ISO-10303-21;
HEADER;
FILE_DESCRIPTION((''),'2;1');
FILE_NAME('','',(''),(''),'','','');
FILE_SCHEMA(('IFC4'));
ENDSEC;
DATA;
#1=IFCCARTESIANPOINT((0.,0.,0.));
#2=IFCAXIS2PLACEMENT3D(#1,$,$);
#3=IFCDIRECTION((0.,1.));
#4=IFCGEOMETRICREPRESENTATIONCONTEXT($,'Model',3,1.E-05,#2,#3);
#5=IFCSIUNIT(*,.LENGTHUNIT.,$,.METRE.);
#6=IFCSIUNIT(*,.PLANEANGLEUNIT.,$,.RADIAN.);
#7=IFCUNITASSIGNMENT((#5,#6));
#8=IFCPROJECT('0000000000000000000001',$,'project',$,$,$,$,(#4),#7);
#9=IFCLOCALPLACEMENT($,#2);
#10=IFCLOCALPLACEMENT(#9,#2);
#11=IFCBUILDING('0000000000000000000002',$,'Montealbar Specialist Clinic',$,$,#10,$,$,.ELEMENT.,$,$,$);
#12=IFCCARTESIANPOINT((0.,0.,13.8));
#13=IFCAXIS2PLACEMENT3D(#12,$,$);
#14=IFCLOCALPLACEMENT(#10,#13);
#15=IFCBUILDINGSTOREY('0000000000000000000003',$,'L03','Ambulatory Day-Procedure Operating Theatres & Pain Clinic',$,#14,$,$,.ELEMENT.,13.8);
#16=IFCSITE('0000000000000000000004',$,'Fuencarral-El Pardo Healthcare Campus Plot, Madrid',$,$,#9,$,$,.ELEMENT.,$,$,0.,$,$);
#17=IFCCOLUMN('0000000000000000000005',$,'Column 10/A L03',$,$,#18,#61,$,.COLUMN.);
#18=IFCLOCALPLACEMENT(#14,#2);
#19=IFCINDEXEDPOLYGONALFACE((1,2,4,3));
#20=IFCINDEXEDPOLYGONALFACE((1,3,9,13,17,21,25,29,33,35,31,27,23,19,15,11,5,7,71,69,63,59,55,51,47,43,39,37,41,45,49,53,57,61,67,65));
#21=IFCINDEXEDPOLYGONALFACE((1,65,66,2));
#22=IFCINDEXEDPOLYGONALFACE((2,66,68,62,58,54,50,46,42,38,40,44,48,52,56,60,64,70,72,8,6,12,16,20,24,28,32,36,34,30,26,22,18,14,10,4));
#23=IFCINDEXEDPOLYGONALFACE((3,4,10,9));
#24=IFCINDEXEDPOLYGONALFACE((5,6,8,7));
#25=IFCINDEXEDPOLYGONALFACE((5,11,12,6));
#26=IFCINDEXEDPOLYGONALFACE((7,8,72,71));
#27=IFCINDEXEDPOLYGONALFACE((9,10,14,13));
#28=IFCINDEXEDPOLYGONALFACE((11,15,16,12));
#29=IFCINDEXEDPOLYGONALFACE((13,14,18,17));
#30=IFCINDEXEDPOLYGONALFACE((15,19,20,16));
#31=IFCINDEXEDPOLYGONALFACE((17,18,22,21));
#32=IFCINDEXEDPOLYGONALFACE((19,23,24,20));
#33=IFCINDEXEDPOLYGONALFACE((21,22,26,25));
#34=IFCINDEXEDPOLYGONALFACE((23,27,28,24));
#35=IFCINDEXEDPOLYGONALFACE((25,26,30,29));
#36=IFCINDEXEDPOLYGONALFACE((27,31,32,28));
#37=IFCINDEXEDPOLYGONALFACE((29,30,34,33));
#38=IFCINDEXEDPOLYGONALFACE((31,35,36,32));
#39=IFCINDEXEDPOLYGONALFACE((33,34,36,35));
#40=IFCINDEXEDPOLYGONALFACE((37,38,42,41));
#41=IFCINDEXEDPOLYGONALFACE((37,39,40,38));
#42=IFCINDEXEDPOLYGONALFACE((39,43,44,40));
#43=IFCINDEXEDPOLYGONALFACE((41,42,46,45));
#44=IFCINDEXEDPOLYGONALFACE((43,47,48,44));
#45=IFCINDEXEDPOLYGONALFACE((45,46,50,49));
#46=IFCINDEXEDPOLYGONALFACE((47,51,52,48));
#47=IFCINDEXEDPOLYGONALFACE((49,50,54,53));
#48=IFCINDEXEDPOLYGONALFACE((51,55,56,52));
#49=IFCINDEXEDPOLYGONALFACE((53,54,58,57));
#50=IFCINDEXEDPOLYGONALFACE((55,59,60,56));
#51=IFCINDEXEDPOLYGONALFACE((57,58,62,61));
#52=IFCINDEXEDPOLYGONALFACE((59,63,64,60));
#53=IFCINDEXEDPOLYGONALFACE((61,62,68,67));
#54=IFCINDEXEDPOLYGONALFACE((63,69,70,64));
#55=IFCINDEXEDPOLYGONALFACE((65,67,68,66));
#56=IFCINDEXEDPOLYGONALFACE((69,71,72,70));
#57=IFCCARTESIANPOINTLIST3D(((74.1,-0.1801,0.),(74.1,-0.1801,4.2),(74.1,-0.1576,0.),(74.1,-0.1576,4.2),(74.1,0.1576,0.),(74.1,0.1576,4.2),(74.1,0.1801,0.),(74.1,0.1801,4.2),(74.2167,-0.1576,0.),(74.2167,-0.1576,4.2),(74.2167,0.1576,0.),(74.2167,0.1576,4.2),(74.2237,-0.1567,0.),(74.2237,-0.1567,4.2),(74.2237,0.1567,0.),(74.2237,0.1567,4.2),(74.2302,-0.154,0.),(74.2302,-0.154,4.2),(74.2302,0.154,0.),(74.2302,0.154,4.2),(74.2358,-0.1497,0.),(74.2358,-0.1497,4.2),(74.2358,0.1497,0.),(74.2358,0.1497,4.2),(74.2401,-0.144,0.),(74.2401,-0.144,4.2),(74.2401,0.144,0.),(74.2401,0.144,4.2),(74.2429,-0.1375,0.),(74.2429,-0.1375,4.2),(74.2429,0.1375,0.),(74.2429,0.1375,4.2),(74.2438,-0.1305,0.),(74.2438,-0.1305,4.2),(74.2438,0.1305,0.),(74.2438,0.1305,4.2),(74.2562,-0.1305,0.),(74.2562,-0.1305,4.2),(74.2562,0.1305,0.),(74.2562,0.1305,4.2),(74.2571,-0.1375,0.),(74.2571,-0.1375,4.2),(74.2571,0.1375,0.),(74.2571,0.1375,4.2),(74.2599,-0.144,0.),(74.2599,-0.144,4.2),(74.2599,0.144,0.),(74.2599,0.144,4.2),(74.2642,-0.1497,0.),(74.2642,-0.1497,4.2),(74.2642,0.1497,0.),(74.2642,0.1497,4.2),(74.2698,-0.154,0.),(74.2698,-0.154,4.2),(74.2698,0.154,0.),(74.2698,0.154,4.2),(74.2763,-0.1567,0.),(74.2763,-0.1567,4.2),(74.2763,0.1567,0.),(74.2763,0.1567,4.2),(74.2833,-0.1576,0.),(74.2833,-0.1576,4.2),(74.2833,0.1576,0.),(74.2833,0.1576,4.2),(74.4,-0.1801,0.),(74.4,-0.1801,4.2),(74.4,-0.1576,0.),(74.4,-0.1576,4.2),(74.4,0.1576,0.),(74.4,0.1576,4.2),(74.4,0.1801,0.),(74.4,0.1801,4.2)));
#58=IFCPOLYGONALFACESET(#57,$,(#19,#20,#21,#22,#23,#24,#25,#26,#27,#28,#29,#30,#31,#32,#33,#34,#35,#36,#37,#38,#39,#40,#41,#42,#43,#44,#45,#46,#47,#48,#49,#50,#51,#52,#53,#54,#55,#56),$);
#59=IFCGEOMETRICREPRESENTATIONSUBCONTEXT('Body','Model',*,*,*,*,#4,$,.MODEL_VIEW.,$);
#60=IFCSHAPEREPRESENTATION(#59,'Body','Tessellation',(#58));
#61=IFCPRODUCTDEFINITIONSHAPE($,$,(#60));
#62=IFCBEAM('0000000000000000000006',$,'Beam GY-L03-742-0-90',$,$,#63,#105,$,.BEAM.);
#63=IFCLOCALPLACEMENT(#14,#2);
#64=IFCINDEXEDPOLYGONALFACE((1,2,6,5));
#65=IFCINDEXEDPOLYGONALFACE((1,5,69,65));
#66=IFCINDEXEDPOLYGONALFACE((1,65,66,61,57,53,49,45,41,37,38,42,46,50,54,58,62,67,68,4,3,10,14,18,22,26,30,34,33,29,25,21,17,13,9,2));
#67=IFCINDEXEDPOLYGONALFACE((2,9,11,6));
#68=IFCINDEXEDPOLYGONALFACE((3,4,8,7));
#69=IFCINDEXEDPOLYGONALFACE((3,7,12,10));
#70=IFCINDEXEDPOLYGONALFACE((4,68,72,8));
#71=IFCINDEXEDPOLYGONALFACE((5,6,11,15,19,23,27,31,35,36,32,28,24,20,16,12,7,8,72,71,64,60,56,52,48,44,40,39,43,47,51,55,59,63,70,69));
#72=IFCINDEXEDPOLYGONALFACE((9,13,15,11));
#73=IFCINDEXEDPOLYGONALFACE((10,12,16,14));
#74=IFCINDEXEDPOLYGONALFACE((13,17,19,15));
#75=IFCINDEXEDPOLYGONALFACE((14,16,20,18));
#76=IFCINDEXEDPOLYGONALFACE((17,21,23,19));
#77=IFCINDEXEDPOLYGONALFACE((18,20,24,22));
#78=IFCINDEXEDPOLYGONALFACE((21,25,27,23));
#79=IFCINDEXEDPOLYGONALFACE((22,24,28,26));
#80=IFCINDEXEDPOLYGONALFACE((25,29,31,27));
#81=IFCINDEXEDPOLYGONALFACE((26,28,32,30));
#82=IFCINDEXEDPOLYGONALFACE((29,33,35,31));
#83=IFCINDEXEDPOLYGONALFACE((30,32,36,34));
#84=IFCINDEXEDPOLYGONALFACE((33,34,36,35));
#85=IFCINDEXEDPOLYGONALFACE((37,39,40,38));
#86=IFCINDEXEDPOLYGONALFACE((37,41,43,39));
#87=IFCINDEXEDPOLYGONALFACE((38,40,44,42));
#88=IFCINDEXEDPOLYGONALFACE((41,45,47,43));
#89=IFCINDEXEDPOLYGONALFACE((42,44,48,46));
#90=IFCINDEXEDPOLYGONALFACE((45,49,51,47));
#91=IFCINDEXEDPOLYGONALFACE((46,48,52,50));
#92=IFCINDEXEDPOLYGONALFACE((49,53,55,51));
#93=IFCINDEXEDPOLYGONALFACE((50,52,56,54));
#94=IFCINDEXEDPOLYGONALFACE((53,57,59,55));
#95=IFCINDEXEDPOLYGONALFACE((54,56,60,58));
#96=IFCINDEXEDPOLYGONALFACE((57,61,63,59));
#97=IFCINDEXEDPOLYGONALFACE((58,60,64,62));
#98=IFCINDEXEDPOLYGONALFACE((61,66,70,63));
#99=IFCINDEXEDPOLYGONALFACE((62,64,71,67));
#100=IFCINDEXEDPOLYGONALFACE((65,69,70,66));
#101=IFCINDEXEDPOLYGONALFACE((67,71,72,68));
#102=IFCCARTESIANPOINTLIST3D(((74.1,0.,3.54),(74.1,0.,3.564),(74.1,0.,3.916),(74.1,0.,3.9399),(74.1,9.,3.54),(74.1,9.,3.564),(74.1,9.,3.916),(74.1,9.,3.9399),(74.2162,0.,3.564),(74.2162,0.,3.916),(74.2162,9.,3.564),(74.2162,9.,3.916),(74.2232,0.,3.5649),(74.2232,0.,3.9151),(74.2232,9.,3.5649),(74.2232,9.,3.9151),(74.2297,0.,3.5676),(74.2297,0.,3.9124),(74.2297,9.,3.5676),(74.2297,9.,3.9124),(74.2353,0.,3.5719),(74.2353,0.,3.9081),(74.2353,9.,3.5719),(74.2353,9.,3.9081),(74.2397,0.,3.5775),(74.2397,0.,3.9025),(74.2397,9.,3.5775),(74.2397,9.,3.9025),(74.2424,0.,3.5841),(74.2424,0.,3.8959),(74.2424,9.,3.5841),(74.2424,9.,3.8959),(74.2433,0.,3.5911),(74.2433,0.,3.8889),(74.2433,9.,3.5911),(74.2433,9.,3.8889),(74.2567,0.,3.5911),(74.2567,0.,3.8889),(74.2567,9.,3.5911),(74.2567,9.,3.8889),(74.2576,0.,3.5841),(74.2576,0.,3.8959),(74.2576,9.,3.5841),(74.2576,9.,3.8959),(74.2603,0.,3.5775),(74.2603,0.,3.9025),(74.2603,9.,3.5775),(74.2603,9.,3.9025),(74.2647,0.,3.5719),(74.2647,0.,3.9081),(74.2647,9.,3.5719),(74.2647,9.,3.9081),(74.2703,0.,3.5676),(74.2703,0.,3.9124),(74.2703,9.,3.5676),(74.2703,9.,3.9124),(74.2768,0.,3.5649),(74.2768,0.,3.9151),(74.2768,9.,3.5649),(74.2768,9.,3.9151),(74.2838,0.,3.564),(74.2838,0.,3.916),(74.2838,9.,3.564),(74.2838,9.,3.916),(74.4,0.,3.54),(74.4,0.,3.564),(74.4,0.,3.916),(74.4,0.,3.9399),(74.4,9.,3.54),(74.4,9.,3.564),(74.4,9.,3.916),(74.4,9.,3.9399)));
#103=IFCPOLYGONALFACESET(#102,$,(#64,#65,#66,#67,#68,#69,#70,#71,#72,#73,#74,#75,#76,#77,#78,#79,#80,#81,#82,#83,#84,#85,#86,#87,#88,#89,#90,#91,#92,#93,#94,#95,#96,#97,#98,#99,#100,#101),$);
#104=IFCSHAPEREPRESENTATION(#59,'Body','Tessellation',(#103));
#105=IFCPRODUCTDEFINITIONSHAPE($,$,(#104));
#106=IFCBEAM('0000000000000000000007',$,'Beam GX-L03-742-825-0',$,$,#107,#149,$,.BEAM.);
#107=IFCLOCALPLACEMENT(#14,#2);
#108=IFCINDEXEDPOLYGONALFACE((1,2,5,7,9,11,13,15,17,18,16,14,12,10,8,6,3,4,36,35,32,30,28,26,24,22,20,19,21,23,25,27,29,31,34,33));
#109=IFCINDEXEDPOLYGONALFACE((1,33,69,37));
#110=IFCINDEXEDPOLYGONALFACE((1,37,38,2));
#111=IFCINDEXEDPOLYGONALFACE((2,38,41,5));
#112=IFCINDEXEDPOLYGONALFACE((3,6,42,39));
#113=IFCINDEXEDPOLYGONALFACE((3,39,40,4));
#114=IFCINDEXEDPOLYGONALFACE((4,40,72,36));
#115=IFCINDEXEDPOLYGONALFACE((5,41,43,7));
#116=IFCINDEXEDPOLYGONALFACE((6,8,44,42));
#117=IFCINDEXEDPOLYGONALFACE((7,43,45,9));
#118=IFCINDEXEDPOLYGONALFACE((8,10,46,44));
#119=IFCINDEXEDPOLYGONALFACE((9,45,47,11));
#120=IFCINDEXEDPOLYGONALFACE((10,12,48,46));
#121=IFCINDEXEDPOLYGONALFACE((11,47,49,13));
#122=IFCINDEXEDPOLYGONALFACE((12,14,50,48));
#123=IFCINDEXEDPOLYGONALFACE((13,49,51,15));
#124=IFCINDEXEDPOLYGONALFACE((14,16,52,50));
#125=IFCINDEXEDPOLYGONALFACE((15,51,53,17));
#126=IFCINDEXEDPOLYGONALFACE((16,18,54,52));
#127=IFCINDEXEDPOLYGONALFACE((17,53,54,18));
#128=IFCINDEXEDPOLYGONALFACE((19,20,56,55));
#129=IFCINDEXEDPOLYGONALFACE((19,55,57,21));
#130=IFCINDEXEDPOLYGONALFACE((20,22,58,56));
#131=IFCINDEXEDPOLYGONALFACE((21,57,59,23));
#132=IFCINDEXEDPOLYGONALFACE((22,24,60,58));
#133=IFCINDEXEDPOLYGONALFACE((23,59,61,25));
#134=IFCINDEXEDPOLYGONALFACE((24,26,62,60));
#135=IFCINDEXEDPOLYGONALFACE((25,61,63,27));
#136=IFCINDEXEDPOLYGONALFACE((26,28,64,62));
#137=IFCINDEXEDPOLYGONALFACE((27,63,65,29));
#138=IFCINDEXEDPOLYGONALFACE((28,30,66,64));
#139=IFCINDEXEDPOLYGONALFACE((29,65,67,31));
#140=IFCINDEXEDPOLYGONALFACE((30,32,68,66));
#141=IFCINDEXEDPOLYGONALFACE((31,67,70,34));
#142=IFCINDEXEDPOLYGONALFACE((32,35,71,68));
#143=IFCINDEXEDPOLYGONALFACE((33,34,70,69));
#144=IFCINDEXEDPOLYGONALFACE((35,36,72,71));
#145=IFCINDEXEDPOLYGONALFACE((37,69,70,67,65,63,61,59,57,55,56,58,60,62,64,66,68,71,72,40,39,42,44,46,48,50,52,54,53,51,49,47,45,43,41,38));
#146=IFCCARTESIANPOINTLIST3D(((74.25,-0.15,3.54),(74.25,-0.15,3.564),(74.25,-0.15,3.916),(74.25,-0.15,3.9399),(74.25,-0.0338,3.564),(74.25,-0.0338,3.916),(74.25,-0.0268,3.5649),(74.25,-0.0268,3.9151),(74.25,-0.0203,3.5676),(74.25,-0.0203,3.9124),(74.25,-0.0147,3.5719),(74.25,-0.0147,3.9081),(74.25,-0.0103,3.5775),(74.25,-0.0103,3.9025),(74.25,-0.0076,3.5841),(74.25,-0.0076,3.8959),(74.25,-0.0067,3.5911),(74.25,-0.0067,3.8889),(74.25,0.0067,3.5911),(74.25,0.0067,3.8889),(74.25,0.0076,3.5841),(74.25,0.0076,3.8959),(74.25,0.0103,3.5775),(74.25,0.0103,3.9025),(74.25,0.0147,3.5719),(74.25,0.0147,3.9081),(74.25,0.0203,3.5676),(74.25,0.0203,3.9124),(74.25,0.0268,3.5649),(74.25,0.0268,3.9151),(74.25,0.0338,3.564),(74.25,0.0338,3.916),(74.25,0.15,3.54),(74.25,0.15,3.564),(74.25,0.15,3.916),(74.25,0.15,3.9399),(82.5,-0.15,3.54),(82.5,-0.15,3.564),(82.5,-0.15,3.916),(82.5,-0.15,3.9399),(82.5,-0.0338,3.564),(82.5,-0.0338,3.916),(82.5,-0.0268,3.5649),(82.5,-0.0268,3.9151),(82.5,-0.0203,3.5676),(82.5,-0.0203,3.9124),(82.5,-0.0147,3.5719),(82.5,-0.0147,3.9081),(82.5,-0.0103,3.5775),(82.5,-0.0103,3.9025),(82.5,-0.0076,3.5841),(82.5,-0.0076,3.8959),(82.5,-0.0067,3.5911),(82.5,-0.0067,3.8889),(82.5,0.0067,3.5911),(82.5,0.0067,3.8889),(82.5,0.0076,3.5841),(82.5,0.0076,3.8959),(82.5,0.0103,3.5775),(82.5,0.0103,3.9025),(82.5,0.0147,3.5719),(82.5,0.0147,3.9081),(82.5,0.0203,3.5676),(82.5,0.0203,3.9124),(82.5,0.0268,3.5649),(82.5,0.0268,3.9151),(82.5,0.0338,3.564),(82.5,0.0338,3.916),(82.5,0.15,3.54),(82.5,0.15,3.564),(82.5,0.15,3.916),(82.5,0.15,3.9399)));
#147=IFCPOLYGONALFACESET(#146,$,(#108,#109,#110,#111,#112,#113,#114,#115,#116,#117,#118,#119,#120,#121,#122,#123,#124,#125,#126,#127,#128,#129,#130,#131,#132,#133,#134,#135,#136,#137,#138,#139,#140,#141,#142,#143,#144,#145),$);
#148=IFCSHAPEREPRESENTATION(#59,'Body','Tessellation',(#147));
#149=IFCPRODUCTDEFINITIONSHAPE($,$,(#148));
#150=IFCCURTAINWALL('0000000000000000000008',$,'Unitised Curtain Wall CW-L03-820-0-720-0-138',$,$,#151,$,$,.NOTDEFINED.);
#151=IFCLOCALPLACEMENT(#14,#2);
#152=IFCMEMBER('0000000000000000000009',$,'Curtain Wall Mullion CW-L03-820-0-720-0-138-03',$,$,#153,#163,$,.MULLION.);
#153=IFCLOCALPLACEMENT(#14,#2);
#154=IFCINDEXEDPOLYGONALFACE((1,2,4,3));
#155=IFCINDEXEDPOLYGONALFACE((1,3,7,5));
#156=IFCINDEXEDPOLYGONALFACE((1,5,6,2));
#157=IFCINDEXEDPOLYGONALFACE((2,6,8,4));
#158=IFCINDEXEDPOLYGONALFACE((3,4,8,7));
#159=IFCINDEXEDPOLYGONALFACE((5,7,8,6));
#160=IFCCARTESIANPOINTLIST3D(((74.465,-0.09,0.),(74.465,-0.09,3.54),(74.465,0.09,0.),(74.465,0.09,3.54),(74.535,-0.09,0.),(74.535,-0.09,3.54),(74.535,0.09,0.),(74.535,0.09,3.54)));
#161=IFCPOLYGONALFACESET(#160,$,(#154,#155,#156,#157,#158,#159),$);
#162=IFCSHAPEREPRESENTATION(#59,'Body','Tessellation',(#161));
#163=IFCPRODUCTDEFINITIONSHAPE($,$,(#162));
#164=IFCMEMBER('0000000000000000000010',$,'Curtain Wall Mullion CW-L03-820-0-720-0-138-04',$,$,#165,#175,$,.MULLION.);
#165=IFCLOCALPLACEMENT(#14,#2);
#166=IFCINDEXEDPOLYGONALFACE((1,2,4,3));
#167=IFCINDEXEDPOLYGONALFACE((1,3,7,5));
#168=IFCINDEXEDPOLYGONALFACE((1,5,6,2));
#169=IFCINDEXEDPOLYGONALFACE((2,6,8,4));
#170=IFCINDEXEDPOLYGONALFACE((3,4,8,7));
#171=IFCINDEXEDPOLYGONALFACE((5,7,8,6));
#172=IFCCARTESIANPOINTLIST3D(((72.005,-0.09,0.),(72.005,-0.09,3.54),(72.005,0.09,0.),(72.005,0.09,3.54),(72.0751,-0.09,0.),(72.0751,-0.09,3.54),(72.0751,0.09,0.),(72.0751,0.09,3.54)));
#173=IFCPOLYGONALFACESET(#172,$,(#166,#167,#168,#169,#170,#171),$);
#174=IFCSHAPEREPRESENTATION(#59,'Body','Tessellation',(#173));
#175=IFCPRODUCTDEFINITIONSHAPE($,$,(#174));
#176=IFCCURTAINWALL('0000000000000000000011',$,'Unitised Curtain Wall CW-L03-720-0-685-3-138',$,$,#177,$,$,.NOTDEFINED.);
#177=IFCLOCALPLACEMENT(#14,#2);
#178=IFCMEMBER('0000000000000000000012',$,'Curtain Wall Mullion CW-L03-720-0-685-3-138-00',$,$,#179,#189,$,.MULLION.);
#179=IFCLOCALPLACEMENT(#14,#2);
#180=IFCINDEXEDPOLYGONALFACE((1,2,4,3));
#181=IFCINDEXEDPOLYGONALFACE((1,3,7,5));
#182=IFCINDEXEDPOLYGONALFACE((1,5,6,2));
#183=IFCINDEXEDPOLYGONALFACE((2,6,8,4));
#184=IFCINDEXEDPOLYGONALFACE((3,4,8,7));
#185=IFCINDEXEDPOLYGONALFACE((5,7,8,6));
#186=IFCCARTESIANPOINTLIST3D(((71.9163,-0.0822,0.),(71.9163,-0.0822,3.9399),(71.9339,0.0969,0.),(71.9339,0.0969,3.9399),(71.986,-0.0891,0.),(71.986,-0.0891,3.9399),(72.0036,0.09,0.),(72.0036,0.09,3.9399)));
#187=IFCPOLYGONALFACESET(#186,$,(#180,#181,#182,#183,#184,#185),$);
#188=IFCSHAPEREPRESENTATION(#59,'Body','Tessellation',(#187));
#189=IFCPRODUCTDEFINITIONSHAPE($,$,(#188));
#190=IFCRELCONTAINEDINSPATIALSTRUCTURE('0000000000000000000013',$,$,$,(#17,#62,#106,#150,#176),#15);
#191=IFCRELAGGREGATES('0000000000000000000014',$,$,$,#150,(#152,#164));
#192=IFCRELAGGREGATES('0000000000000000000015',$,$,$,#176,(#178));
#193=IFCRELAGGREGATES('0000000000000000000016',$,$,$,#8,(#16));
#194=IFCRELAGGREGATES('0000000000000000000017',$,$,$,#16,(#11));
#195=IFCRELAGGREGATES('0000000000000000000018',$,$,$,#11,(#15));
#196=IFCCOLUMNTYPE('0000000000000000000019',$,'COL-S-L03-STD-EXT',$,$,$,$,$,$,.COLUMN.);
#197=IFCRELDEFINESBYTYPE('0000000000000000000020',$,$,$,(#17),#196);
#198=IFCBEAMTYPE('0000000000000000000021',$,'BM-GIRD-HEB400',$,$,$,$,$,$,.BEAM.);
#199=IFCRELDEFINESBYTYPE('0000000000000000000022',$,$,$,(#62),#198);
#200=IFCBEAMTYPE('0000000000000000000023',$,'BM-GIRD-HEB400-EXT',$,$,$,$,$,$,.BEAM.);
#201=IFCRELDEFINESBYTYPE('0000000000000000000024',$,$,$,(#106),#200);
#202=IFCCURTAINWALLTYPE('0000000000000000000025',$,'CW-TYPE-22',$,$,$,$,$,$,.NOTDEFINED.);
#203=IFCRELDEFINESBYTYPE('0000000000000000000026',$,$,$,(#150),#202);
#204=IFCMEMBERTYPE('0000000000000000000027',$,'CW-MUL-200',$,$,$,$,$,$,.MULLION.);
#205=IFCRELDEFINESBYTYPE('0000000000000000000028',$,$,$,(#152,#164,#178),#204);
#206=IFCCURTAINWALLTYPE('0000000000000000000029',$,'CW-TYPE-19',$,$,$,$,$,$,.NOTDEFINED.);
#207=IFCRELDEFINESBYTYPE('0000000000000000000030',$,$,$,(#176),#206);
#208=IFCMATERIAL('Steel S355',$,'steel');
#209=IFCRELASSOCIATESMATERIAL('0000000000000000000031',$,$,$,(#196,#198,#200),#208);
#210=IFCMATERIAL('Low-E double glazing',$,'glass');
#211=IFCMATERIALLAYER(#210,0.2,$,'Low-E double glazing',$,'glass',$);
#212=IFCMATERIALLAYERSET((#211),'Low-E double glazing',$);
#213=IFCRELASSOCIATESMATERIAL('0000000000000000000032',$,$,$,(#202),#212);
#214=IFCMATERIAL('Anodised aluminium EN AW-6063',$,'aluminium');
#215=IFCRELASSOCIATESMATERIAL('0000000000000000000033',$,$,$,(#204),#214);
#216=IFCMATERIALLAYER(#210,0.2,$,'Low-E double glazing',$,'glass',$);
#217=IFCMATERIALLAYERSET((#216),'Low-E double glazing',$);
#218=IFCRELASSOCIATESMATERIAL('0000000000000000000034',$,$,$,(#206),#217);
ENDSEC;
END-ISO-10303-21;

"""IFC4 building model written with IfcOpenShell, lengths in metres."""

from ifc_helpers import new_model, si_unit, direction, frame, origin, origin_2d, place, context, subcontext, project, spatial, rectangle, i_section, extrude, material, layer, layer_set, material_profile, profile_set, type_object, element, aggregate, save


model = new_model("IFC4")

# Units and contexts
model_context = context("Model", 3, precision=1e-05, world=origin(), true_north=direction((0.0, 1.0)))
body_context = subcontext(model_context, "Body", "Model", "MODEL_VIEW")
ifc_project = project(units=[si_unit("LENGTHUNIT", "METRE"), si_unit("PLANEANGLEUNIT", "RADIAN")], contexts=[model_context])

# Site, building, storey
site_placement = place(None, origin())
site = spatial("IfcSite", under=ifc_project, at=site_placement, Name="Fuencarral-El Pardo Healthcare Campus Plot, Madrid", CompositionType="ELEMENT", RefElevation=0.0)
building_placement = place(site_placement, origin())
building = spatial("IfcBuilding", under=site, at=building_placement, Name="Montealbar Specialist Clinic", CompositionType="ELEMENT")
storey_placement = place(building_placement, frame((0.0, 0.0, 13.8)))
storey = spatial("IfcBuildingStorey", under=building, at=storey_placement, Name="L03", Description="Ambulatory Day-Procedure Operating Theatres & Pain Clinic", CompositionType="ELEMENT", Elevation=13.8)

# Column
ifc_material_1 = material(Name="Steel S355", Category="steel")
ifc_material_profile_1 = material_profile(ifc_material_1, i_section(OverallWidth=0.3, OverallDepth=0.3601, WebThickness=0.0125, FlangeThickness=0.0225, FilletRadius=0.0271, at=origin_2d()), Name="HEB 360", Category="steel")
ifc_profile_set_1 = profile_set([ifc_material_profile_1], Name="Steel S355")
column_type = type_object("IfcColumnType", Name="COL-S-L03-STD-EXT", PredefinedType="COLUMN", material=ifc_profile_set_1)
column_placement = place(storey_placement, frame((74.25, 0.0, 0.0), z_axis=(0.0, 0.0, 1.0), x_axis=(1.0, 0.0, 0.0)))
element("IfcColumn", 1, at=column_placement, inside=storey, type_object=column_type, Name="Column 10/A L03", PredefinedType="COLUMN", context=body_context, shape_type="SweptSolid", body=[
    extrude(i_section(OverallWidth=0.3, OverallDepth=0.3601, WebThickness=0.0125, FlangeThickness=0.0225, FilletRadius=0.0271, at=origin_2d()), origin(), (0.0, 0.0, 1.0), 4.2),
])

# Beams
ifc_material_profile_2 = material_profile(ifc_material_1, i_section(OverallWidth=0.3, OverallDepth=0.3999, WebThickness=0.0134, FlangeThickness=0.0239, FilletRadius=0.0271, at=origin_2d()), Name="HEB 400", Category="steel")
ifc_profile_set_2 = profile_set([ifc_material_profile_2], Name="Steel S355")
beam_type_1 = type_object("IfcBeamType", Name="BM-GIRD-HEB400", PredefinedType="BEAM", material=ifc_profile_set_2)
beam_1_placement = place(storey_placement, frame((74.25, 0.0, 3.74), z_axis=(0.0, 1.0, 0.0), x_axis=(-1.0, 0.0, 0.0)))
element("IfcBeam", 2, at=beam_1_placement, inside=storey, type_object=beam_type_1, Name="Beam GY-L03-742-0-90", PredefinedType="BEAM", context=body_context, shape_type="SweptSolid", body=[
    extrude(i_section(OverallWidth=0.3, OverallDepth=0.3999, WebThickness=0.0134, FlangeThickness=0.0239, FilletRadius=0.0271, at=origin_2d()), origin(), (0.0, 0.0, 1.0), 9.0),
])
ifc_material_profile_3 = material_profile(ifc_material_1, i_section(OverallWidth=0.3, OverallDepth=0.3999, WebThickness=0.0134, FlangeThickness=0.0239, FilletRadius=0.0271, at=origin_2d()), Name="HEB 400", Category="steel")
ifc_profile_set_3 = profile_set([ifc_material_profile_3], Name="Steel S355")
beam_type_2 = type_object("IfcBeamType", Name="BM-GIRD-HEB400-EXT", PredefinedType="BEAM", material=ifc_profile_set_3)
beam_2_placement = place(storey_placement, frame((74.25, 0.0, 3.74), z_axis=(1.0, 0.0, 0.0), x_axis=(0.0, 1.0, 0.0)))
element("IfcBeam", 3, at=beam_2_placement, inside=storey, type_object=beam_type_2, Name="Beam GX-L03-742-825-0", PredefinedType="BEAM", context=body_context, shape_type="SweptSolid", body=[
    extrude(i_section(OverallWidth=0.3, OverallDepth=0.3999, WebThickness=0.0134, FlangeThickness=0.0239, FilletRadius=0.0271, at=origin_2d()), origin(), (0.0, 0.0, 1.0), 8.25),
])

# Curtain walls, members
ifc_material_2 = material(Name="Low-E double glazing", Category="glass")
ifc_layer_1 = layer(ifc_material_2, 0.2, Name="Low-E double glazing", Category="glass")
ifc_layer_set_1 = layer_set([ifc_layer_1], Name="Low-E double glazing")
curtain_wall_type_1 = type_object("IfcCurtainWallType", Name="CW-TYPE-22", PredefinedType="NOTDEFINED", material=ifc_layer_set_1)
curtain_wall_1_placement = place(storey_placement, origin())
curtain_wall_1 = element("IfcCurtainWall", 4, at=curtain_wall_1_placement, inside=storey, type_object=curtain_wall_type_1, Name="Unitised Curtain Wall CW-L03-820-0-720-0-138", PredefinedType="NOTDEFINED")
ifc_material_3 = material(Name="Anodised aluminium EN AW-6063", Category="aluminium")
ifc_material_profile_4 = material_profile(ifc_material_3, rectangle(XDim=0.0701, YDim=0.1799, at=origin_2d()), Name="ALU 70x180", Category="aluminium")
ifc_profile_set_4 = profile_set([ifc_material_profile_4], Name="Anodised aluminium EN AW-6063")
member_type_1 = type_object("IfcMemberType", Name="CW-MUL-200", PredefinedType="MULLION", material=ifc_profile_set_4)
member_1_placement = place(storey_placement, frame((74.5, 0.0, 0.0), z_axis=(0.0, 0.0, 1.0), x_axis=(-1.0, 0.0, 0.0)))
member_1 = element("IfcMember", 5, at=member_1_placement, type_object=member_type_1, Name="Curtain Wall Mullion CW-L03-820-0-720-0-138-03", PredefinedType="MULLION", context=body_context, shape_type="SweptSolid", body=[
    extrude(rectangle(XDim=0.0701, YDim=0.1799, at=origin_2d()), origin(), (0.0, 0.0, 1.0), 3.54),
])
member_2_placement = place(storey_placement, frame((72.04, 0.0, 0.0), z_axis=(0.0, 0.0, 1.0), x_axis=(-1.0, 0.0, 0.0)))
member_2 = element("IfcMember", 6, at=member_2_placement, type_object=member_type_1, Name="Curtain Wall Mullion CW-L03-820-0-720-0-138-04", PredefinedType="MULLION", context=body_context, shape_type="SweptSolid", body=[
    extrude(rectangle(XDim=0.0701, YDim=0.1799, at=origin_2d()), origin(), (0.0, 0.0, 1.0), 3.54),
])
ifc_layer_2 = layer(ifc_material_2, 0.2, Name="Low-E double glazing", Category="glass")
ifc_layer_set_2 = layer_set([ifc_layer_2], Name="Low-E double glazing")
curtain_wall_type_2 = type_object("IfcCurtainWallType", Name="CW-TYPE-19", PredefinedType="NOTDEFINED", material=ifc_layer_set_2)
curtain_wall_2_placement = place(storey_placement, origin())
curtain_wall_2 = element("IfcCurtainWall", 7, at=curtain_wall_2_placement, inside=storey, type_object=curtain_wall_type_2, Name="Unitised Curtain Wall CW-L03-720-0-685-3-138", PredefinedType="NOTDEFINED")
member_3_placement = place(storey_placement, frame((71.96, 0.0039, 0.0), z_axis=(0.0, 0.0, 1.0), x_axis=(-0.995182, 0.098045, 0.0)))
member_3 = element("IfcMember", 8, at=member_3_placement, type_object=member_type_1, Name="Curtain Wall Mullion CW-L03-720-0-685-3-138-00", PredefinedType="MULLION", context=body_context, shape_type="SweptSolid", body=[
    extrude(rectangle(XDim=0.0701, YDim=0.1799, at=origin_2d()), origin(), (0.0, 0.0, 1.0), 3.9399),
])

aggregate(curtain_wall_1, [member_1, member_2])
aggregate(curtain_wall_2, [member_3])

save(model, "model.ifc")
